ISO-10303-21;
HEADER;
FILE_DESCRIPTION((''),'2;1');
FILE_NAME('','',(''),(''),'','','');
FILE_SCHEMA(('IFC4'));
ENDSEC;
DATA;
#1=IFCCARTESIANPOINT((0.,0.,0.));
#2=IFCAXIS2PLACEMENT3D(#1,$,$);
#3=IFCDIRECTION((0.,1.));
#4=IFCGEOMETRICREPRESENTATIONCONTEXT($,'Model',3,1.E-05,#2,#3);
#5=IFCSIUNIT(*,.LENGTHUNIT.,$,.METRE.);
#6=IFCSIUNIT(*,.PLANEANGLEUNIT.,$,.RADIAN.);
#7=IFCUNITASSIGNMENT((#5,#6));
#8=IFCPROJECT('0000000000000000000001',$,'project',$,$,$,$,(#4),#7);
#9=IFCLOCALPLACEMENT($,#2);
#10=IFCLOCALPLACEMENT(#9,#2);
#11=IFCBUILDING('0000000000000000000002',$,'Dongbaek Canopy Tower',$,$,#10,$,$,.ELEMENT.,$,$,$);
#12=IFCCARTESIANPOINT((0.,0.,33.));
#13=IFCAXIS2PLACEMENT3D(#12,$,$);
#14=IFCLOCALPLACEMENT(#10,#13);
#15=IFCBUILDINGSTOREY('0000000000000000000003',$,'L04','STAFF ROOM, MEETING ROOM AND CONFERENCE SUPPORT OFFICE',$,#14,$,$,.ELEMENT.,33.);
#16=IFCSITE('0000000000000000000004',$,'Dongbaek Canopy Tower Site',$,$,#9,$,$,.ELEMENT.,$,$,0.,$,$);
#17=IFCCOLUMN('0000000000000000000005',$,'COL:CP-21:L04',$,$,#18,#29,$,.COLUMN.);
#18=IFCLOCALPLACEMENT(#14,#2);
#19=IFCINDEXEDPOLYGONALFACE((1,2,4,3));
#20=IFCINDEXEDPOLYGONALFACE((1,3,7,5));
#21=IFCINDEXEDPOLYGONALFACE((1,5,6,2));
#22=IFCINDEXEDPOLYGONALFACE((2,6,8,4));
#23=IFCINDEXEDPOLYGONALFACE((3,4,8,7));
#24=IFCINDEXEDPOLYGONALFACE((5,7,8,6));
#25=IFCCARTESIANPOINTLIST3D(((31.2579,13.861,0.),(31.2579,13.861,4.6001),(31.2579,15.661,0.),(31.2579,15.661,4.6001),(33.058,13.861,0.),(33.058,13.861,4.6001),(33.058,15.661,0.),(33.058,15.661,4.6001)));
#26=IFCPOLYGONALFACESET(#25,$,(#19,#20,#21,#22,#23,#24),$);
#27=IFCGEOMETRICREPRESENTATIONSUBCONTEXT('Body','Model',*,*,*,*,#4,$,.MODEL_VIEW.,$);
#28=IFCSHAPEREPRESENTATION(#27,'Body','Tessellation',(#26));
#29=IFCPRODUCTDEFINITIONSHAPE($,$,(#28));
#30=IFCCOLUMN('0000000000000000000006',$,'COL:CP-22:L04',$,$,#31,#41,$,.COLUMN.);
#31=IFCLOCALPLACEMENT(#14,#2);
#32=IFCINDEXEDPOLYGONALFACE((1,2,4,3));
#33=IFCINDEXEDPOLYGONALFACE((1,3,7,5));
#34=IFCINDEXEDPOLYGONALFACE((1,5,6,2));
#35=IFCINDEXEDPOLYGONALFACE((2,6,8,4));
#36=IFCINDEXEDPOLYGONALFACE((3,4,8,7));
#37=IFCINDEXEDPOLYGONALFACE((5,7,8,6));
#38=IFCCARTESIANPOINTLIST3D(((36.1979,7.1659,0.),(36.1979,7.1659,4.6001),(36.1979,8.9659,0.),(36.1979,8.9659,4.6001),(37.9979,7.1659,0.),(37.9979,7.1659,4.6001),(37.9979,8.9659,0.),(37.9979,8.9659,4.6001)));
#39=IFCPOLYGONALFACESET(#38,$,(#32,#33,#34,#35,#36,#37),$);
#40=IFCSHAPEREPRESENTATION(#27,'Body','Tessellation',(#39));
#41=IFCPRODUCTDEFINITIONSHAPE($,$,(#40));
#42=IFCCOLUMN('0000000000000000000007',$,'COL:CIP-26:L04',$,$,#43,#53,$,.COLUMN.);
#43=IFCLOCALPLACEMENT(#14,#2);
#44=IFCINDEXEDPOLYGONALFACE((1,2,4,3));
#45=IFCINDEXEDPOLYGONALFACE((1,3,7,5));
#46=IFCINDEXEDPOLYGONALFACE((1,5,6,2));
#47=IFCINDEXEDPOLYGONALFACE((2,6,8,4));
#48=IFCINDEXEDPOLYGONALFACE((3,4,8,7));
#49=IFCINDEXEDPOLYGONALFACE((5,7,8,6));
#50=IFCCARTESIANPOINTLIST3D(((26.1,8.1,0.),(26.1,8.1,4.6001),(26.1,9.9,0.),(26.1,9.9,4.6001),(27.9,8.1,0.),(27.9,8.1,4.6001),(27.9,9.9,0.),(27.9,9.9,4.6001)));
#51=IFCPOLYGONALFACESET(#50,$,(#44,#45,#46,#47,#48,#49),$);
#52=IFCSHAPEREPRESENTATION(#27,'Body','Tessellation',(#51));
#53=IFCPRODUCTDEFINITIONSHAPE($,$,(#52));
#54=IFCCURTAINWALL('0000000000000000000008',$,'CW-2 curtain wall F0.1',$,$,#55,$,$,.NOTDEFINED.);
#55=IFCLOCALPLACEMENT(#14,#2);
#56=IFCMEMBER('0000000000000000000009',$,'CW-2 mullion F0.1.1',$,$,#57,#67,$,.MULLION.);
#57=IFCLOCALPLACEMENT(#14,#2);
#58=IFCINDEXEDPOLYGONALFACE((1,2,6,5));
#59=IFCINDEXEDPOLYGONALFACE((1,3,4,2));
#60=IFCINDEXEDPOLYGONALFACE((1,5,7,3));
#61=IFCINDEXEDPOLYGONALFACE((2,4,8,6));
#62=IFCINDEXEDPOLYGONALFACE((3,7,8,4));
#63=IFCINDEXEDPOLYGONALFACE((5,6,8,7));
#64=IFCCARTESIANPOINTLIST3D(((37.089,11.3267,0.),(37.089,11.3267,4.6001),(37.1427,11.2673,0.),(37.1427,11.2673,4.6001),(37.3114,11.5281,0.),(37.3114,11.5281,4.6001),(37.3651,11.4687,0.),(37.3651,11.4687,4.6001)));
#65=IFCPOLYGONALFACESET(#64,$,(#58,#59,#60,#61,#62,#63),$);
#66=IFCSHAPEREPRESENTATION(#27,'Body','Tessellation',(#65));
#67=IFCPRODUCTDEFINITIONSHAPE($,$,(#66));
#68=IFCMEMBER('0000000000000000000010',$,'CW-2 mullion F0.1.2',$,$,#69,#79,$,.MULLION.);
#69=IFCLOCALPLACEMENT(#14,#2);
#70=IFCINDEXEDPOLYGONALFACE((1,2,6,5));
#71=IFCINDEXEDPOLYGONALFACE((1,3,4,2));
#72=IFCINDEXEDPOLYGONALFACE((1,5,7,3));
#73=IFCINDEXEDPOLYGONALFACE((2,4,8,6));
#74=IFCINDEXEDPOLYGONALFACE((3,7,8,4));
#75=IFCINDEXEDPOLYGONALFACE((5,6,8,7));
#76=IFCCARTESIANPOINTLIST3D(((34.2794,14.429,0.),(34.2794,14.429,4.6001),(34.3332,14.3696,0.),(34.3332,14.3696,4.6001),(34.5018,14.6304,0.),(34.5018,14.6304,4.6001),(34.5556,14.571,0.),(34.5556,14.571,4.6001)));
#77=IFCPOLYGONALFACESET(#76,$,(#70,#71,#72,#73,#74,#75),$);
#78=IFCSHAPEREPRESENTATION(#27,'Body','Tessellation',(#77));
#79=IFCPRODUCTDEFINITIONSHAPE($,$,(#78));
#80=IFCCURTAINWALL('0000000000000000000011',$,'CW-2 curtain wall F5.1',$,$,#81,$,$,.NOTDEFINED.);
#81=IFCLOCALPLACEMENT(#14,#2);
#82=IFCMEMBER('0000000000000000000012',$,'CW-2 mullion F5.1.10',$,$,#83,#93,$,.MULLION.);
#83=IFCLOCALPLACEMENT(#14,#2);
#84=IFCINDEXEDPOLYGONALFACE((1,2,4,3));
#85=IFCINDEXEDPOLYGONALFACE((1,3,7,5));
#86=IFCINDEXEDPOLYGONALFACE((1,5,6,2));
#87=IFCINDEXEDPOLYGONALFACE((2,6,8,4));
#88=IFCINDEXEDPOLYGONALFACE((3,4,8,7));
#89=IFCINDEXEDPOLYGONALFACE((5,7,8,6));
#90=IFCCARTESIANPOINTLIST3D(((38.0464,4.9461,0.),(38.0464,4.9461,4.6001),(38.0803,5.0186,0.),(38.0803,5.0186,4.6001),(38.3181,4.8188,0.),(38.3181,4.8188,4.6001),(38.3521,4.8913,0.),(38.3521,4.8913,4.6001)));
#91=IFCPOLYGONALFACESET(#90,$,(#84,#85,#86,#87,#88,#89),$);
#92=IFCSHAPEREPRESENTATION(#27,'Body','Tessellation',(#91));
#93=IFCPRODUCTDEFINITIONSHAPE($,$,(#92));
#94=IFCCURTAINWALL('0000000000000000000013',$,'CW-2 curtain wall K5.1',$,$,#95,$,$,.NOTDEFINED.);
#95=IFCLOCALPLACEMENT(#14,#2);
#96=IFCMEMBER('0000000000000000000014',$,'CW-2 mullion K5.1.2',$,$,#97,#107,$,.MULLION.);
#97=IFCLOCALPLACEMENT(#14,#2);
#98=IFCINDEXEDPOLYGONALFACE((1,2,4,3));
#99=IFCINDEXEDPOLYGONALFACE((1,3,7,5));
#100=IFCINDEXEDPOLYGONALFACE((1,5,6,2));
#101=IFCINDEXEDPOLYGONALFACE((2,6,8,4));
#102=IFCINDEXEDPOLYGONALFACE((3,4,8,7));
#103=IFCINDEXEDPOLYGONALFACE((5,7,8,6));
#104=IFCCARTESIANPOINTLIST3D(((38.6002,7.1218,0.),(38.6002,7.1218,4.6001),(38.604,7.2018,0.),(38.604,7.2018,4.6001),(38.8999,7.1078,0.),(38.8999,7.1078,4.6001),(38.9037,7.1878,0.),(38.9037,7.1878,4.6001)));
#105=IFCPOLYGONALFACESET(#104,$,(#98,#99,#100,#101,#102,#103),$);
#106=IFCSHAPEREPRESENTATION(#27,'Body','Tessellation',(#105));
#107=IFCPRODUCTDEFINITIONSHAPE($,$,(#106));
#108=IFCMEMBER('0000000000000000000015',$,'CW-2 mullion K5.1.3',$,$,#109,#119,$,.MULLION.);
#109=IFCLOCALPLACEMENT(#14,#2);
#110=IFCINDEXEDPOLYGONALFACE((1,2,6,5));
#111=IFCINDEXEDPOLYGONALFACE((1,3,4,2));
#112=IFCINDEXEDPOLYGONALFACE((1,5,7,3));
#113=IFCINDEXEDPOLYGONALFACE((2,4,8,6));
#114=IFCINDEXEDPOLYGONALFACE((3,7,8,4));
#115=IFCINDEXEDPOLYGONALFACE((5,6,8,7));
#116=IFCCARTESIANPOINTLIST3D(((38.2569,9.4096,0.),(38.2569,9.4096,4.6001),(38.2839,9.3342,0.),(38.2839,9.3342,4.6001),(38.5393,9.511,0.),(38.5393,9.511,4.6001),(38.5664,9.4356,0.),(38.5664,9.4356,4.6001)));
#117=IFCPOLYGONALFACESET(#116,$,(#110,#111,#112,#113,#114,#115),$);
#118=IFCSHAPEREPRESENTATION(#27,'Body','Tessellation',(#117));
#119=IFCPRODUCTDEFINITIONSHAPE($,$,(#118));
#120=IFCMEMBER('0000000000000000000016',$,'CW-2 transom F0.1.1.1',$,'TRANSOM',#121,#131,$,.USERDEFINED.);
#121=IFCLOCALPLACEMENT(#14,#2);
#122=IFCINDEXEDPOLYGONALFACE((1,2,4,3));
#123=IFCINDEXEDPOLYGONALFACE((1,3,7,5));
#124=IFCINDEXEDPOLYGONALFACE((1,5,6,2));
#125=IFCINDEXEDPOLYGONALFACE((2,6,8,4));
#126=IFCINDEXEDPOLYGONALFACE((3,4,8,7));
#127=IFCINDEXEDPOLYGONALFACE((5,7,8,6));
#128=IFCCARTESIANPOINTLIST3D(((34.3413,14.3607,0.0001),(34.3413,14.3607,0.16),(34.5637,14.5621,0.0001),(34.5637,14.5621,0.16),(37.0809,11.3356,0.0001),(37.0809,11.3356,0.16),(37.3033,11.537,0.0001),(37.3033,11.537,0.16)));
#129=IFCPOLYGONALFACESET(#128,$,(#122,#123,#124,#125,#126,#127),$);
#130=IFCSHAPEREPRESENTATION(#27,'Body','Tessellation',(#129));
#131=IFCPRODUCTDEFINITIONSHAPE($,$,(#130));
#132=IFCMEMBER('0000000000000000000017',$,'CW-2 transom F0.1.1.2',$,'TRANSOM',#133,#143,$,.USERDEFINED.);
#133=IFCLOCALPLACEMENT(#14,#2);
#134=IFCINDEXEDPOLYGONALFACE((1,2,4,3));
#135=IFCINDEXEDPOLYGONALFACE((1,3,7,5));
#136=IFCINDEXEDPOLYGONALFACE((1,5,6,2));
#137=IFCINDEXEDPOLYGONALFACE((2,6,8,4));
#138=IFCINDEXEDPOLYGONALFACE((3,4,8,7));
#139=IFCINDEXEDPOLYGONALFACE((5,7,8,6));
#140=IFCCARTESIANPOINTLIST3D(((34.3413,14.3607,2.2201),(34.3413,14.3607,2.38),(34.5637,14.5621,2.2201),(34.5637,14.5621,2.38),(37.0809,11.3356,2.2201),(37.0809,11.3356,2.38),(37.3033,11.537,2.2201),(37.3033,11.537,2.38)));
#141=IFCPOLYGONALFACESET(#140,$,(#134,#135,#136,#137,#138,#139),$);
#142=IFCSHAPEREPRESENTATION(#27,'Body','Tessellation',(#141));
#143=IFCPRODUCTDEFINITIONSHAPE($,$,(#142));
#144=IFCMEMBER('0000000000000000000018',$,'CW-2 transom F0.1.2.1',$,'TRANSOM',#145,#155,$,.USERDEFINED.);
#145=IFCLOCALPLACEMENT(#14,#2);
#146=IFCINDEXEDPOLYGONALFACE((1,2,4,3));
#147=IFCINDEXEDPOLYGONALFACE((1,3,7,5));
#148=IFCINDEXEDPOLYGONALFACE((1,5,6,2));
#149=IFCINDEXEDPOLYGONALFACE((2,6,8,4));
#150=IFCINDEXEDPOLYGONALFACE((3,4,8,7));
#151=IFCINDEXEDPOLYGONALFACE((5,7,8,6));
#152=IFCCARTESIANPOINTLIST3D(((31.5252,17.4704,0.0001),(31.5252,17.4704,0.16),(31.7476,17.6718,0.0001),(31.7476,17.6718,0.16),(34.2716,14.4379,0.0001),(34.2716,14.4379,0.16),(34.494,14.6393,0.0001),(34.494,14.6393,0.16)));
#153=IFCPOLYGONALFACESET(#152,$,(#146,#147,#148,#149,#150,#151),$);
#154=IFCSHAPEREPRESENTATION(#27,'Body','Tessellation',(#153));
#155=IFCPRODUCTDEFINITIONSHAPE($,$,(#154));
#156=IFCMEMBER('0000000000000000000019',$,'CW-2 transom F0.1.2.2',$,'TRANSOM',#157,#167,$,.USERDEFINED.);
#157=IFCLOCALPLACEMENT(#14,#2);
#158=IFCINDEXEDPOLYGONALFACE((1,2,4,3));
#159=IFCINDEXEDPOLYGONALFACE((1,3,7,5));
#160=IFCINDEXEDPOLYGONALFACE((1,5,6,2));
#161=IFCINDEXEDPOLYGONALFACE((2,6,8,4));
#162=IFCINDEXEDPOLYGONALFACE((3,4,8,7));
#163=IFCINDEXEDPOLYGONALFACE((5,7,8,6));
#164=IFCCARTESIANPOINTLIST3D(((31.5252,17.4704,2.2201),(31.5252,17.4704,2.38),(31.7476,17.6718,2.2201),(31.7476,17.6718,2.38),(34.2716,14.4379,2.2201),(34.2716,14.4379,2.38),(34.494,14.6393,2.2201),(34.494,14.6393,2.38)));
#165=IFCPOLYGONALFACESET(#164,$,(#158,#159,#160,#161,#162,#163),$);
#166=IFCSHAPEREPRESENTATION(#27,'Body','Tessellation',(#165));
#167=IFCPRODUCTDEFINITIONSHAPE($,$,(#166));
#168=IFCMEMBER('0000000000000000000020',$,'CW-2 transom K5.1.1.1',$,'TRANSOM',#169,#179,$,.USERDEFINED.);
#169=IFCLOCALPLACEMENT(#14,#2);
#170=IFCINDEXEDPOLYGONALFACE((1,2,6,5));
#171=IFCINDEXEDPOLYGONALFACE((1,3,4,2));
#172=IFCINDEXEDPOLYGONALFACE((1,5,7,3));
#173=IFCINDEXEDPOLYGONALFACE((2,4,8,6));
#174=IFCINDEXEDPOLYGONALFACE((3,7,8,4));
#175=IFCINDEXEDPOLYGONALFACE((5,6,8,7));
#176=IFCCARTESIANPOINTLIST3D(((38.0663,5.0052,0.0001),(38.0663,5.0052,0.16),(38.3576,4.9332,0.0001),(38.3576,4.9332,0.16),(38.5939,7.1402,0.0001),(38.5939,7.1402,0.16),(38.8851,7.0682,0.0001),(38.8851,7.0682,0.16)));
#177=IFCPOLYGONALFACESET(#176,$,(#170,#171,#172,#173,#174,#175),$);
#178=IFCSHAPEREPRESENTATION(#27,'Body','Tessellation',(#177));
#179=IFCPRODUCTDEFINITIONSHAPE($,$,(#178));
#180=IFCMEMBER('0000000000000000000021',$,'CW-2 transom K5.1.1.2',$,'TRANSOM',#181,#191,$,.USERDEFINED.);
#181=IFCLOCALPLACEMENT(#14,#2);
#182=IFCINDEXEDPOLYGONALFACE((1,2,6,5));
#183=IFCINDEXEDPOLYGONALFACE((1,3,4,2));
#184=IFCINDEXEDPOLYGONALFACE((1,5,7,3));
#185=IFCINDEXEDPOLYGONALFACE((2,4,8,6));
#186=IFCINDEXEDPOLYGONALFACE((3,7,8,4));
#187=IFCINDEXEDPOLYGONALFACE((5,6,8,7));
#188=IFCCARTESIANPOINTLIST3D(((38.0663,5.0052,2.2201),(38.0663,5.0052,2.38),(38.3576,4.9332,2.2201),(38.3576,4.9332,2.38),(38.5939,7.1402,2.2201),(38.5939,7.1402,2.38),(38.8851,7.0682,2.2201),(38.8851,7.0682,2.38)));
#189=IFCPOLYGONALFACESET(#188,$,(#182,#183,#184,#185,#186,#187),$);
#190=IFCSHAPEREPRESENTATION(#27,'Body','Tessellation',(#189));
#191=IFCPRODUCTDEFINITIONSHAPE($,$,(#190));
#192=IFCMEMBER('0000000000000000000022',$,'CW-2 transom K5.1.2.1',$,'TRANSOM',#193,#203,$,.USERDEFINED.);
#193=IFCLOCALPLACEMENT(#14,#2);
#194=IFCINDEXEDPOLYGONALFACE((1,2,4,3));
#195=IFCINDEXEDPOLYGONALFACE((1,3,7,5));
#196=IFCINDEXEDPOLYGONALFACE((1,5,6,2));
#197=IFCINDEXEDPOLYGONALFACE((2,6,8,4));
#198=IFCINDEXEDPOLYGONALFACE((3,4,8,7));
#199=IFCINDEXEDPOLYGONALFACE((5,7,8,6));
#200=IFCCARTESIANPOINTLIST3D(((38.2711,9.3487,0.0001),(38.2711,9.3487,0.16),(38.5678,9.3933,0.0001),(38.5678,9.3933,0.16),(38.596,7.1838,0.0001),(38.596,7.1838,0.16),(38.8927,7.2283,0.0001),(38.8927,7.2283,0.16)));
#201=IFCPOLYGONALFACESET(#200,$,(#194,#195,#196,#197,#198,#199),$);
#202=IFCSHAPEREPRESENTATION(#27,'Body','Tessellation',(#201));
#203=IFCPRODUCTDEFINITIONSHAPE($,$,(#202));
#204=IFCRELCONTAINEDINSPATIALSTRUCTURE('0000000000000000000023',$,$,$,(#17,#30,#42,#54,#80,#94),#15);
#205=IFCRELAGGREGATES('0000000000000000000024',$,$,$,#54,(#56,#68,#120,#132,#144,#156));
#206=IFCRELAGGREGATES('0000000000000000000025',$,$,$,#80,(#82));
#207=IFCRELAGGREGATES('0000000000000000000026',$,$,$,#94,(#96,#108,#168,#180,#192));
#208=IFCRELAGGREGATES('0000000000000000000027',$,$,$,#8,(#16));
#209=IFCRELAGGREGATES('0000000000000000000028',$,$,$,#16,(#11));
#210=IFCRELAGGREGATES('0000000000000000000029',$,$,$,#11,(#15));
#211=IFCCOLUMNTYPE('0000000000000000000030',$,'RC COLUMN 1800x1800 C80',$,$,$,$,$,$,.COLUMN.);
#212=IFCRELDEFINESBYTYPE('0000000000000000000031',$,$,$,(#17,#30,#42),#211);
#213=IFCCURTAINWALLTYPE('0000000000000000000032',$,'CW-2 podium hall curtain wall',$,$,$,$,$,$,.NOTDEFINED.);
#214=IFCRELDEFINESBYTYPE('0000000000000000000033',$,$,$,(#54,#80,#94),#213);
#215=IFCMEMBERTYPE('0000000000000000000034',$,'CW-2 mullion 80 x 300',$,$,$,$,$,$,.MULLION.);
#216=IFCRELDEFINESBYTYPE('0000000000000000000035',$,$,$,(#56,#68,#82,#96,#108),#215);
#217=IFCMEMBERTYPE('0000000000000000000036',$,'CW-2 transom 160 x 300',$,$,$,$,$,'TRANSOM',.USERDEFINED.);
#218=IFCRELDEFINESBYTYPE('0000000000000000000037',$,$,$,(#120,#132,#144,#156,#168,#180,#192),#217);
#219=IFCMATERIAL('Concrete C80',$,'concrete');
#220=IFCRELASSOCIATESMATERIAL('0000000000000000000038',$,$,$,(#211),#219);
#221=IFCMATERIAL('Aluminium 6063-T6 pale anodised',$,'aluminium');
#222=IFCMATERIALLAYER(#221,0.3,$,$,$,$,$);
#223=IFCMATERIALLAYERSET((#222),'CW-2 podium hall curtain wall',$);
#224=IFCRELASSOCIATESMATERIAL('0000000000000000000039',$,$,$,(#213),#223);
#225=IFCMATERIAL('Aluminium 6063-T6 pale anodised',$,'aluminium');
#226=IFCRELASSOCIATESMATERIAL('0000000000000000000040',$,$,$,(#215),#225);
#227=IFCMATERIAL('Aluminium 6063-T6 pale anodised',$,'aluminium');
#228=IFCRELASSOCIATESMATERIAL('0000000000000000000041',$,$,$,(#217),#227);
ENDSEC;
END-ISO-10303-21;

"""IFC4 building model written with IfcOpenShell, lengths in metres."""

from ifc_helpers import new_model, si_unit, direction, frame, origin, origin_2d, place, context, subcontext, project, spatial, rectangle, extrude, material, layer, layer_set, material_profile, profile_set, type_object, element, aggregate, save


model = new_model("IFC4")

# Units and contexts
model_context = context("Model", 3, precision=1e-05, world=origin(), true_north=direction((0.0, 1.0)))
body_context = subcontext(model_context, "Body", "Model", "MODEL_VIEW")
ifc_project = project(units=[si_unit("LENGTHUNIT", "METRE"), si_unit("PLANEANGLEUNIT", "RADIAN")], contexts=[model_context])

# Site, building, storey
site_placement = place(None, origin())
site = spatial("IfcSite", under=ifc_project, at=site_placement, Name="Dongbaek Canopy Tower Site", CompositionType="ELEMENT", RefElevation=0.0)
building_placement = place(site_placement, origin())
building = spatial("IfcBuilding", under=site, at=building_placement, Name="Dongbaek Canopy Tower", CompositionType="ELEMENT")
storey_placement = place(building_placement, frame((0.0, 0.0, 33.0)))
storey = spatial("IfcBuildingStorey", under=building, at=storey_placement, Name="L04", Description="STAFF ROOM, MEETING ROOM AND CONFERENCE SUPPORT OFFICE", CompositionType="ELEMENT", Elevation=33.0)

# Columns
ifc_material_1 = material(Name="Concrete C80", Category="concrete")
ifc_material_profile_1 = material_profile(ifc_material_1, rectangle(XDim=1.8, YDim=1.8, at=origin_2d()), Name="RC COLUMN 1800x1800 C80")
ifc_profile_set_1 = profile_set([ifc_material_profile_1], Name="Concrete C80")
column_type = type_object("IfcColumnType", Name="RC COLUMN 1800x1800 C80", PredefinedType="COLUMN", material=ifc_profile_set_1)
for number, where, z_axis, x_axis, name in (
    (1, (32.158, 14.761, 0.0), (0.0, 0.0, 1.0), (1.0, 0.0, 0.0), "COL:CP-21:L04"),
    (2, (37.0979, 8.0659, 0.0), (0.0, 0.0, 1.0), (1.0, 0.0, 0.0), "COL:CP-22:L04"),
    (3, (27.0, 9.0, 0.0), (0.0, 0.0, 1.0), (1.0, 0.0, 0.0), "COL:CIP-26:L04"),
):
    element("IfcColumn", number, at=place(storey_placement, frame(where, z_axis=z_axis, x_axis=x_axis)), inside=storey, type_object=column_type, Name=name, PredefinedType="COLUMN", context=body_context, shape_type="SweptSolid", body=[
        extrude(rectangle(XDim=1.8, YDim=1.8, at=origin_2d()), origin(), (0.0, 0.0, 1.0), 4.6001),
    ])

# Curtain wall, members
ifc_material_2 = material(Name="Aluminium 6063-T6 pale anodised", Category="aluminium")
ifc_layer_1 = layer(ifc_material_2, 0.3)
ifc_layer_set_1 = layer_set([ifc_layer_1], Name="CW-2 podium hall curtain wall")
curtain_wall_type = type_object("IfcCurtainWallType", Name="CW-2 podium hall curtain wall", PredefinedType="NOTDEFINED", material=ifc_layer_set_1)
curtain_wall_1_placement = place(storey_placement, origin())
curtain_wall_1 = element("IfcCurtainWall", 4, at=curtain_wall_1_placement, inside=storey, type_object=curtain_wall_type, Name="CW-2 curtain wall F0.1", PredefinedType="NOTDEFINED")
ifc_material_3 = material(Name="Aluminium 6063-T6 pale anodised", Category="aluminium")
ifc_material_profile_2 = material_profile(ifc_material_3, rectangle(XDim=0.3, YDim=0.0801, at=origin_2d()), Name="CW-2 mullion 80 x 300")
ifc_profile_set_2 = profile_set([ifc_material_profile_2], Name="Aluminium 6063-T6 pale anodised")
member_type_1 = type_object("IfcMemberType", Name="CW-2 mullion 80 x 300", PredefinedType="MULLION", material=ifc_profile_set_2)
member_1_placement = place(storey_placement, frame((37.2271, 11.3977, 0.0), z_axis=(0.0, 0.0, 1.0), x_axis=(0.741222, 0.67126, 0.0)))
member_1 = element("IfcMember", 5, at=member_1_placement, type_object=member_type_1, Name="CW-2 mullion F0.1.1", PredefinedType="MULLION", context=body_context, shape_type="SweptSolid", body=[
    extrude(rectangle(XDim=0.3, YDim=0.0801, at=origin_2d()), origin(), (0.0, 0.0, 1.0), 4.6001),
])
member_2_placement = place(storey_placement, frame((34.4175, 14.5, 0.0), z_axis=(0.0, 0.0, 1.0), x_axis=(0.741222, 0.67126, 0.0)))
member_2 = element("IfcMember", 6, at=member_2_placement, type_object=member_type_1, Name="CW-2 mullion F0.1.2", PredefinedType="MULLION", context=body_context, shape_type="SweptSolid", body=[
    extrude(rectangle(XDim=0.3, YDim=0.0801, at=origin_2d()), origin(), (0.0, 0.0, 1.0), 4.6001),
])

# Curtain wall, member
curtain_wall_2_placement = place(storey_placement, origin())
curtain_wall_2 = element("IfcCurtainWall", 7, at=curtain_wall_2_placement, inside=storey, type_object=curtain_wall_type, Name="CW-2 curtain wall F5.1", PredefinedType="NOTDEFINED")
member_3_placement = place(storey_placement, frame((38.1992, 4.9187, 0.0), z_axis=(0.0, 0.0, 1.0), x_axis=(0.905605, -0.424123, 0.0)))
member_3 = element("IfcMember", 8, at=member_3_placement, type_object=member_type_1, Name="CW-2 mullion F5.1.10", PredefinedType="MULLION", context=body_context, shape_type="SweptSolid", body=[
    extrude(rectangle(XDim=0.3, YDim=0.0801, at=origin_2d()), origin(), (0.0, 0.0, 1.0), 4.6001),
])

# Curtain wall, members
curtain_wall_3_placement = place(storey_placement, origin())
curtain_wall_3 = element("IfcCurtainWall", 9, at=curtain_wall_3_placement, inside=storey, type_object=curtain_wall_type, Name="CW-2 curtain wall K5.1", PredefinedType="NOTDEFINED")
member_4_placement = place(storey_placement, frame((38.752, 7.1548, 0.0), z_axis=(0.0, 0.0, 1.0), x_axis=(0.99891, -0.046676, 0.0)))
member_4 = element("IfcMember", 10, at=member_4_placement, type_object=member_type_1, Name="CW-2 mullion K5.1.2", PredefinedType="MULLION", context=body_context, shape_type="SweptSolid", body=[
    extrude(rectangle(XDim=0.3, YDim=0.0801, at=origin_2d()), origin(), (0.0, 0.0, 1.0), 4.6001),
])
member_5_placement = place(storey_placement, frame((38.4116, 9.4226, 0.0), z_axis=(0.0, 0.0, 1.0), x_axis=(0.941208, 0.337827, 0.0)))
member_5 = element("IfcMember", 11, at=member_5_placement, type_object=member_type_1, Name="CW-2 mullion K5.1.3", PredefinedType="MULLION", context=body_context, shape_type="SweptSolid", body=[
    extrude(rectangle(XDim=0.3, YDim=0.0801, at=origin_2d()), origin(), (0.0, 0.0, 1.0), 4.6001),
])

# Members
ifc_material_4 = material(Name="Aluminium 6063-T6 pale anodised", Category="aluminium")
ifc_material_profile_3 = material_profile(ifc_material_4, rectangle(XDim=0.3, YDim=0.1599, at=origin_2d()), Name="CW-2 transom 160 x 300")
ifc_profile_set_3 = profile_set([ifc_material_profile_3], Name="Aluminium 6063-T6 pale anodised")
member_type_2 = type_object("IfcMemberType", Name="CW-2 transom 160 x 300", ElementType="TRANSOM", PredefinedType="USERDEFINED", material=ifc_profile_set_3)
member_6_placement = place(storey_placement, frame((37.1921, 11.4363, 0.0801), z_axis=(-0.671278, 0.741205, 0.0), x_axis=(-0.741205, -0.671278, 0.0)))
member_6 = element("IfcMember", 12, at=member_6_placement, type_object=member_type_2, Name="CW-2 transom F0.1.1.1", ObjectType="TRANSOM", PredefinedType="USERDEFINED", context=body_context, shape_type="SweptSolid", body=[
    extrude(rectangle(XDim=0.3, YDim=0.1599, at=origin_2d()), origin(), (0.0, 0.0, 1.0), 4.0813),
])
member_7_placement = place(storey_placement, frame((37.1921, 11.4363, 2.3), z_axis=(-0.671278, 0.741205, 0.0), x_axis=(-0.741205, -0.671278, 0.0)))
member_7 = element("IfcMember", 13, at=member_7_placement, type_object=member_type_2, Name="CW-2 transom F0.1.1.2", ObjectType="TRANSOM", PredefinedType="USERDEFINED", context=body_context, shape_type="SweptSolid", body=[
    extrude(rectangle(XDim=0.3, YDim=0.1599, at=origin_2d()), origin(), (0.0, 0.0, 1.0), 4.0813),
])
member_8_placement = place(storey_placement, frame((34.3828, 14.5386, 0.0801), z_axis=(-0.671273, 0.741211, 0.0), x_axis=(-0.741211, -0.671273, 0.0)))
member_8 = element("IfcMember", 14, at=member_8_placement, type_object=member_type_2, Name="CW-2 transom F0.1.2.1", ObjectType="TRANSOM", PredefinedType="USERDEFINED", context=body_context, shape_type="SweptSolid", body=[
    extrude(rectangle(XDim=0.3, YDim=0.1599, at=origin_2d()), origin(), (0.0, 0.0, 1.0), 4.0913),
])
member_9_placement = place(storey_placement, frame((34.3828, 14.5386, 2.3), z_axis=(-0.671273, 0.741211, 0.0), x_axis=(-0.741211, -0.671273, 0.0)))
member_9 = element("IfcMember", 15, at=member_9_placement, type_object=member_type_2, Name="CW-2 transom F0.1.2.2", ObjectType="TRANSOM", PredefinedType="USERDEFINED", context=body_context, shape_type="SweptSolid", body=[
    extrude(rectangle(XDim=0.3, YDim=0.1599, at=origin_2d()), origin(), (0.0, 0.0, 1.0), 4.0913),
])
member_10_placement = place(storey_placement, frame((38.2119, 4.9692, 0.0801), z_axis=(0.239897, 0.970798, 0.0), x_axis=(-0.970798, 0.239897, 0.0)))
member_10 = element("IfcMember", 16, at=member_10_placement, type_object=member_type_2, Name="CW-2 transom K5.1.1.1", ObjectType="TRANSOM", PredefinedType="USERDEFINED", context=body_context, shape_type="SweptSolid", body=[
    extrude(rectangle(XDim=0.3, YDim=0.1599, at=origin_2d()), origin(), (0.0, 0.0, 1.0), 2.1992),
])
member_11_placement = place(storey_placement, frame((38.2119, 4.9692, 2.3), z_axis=(0.239897, 0.970798, 0.0), x_axis=(-0.970798, 0.239897, 0.0)))
member_11 = element("IfcMember", 17, at=member_11_placement, type_object=member_type_2, Name="CW-2 transom K5.1.1.2", ObjectType="TRANSOM", PredefinedType="USERDEFINED", context=body_context, shape_type="SweptSolid", body=[
    extrude(rectangle(XDim=0.3, YDim=0.1599, at=origin_2d()), origin(), (0.0, 0.0, 1.0), 2.1992),
])
member_12_placement = place(storey_placement, frame((38.7444, 7.2061, 0.0801), z_axis=(-0.148428, 0.988923, 0.0), x_axis=(-0.988923, -0.148428, 0.0)))
member_12 = element("IfcMember", 18, at=member_12_placement, type_object=member_type_2, Name="CW-2 transom K5.1.2.1", ObjectType="TRANSOM", PredefinedType="USERDEFINED", context=body_context, shape_type="SweptSolid", body=[
    extrude(rectangle(XDim=0.3, YDim=0.1599, at=origin_2d()), origin(), (0.0, 0.0, 1.0), 2.1892),
])

aggregate(curtain_wall_1, [member_1, member_2, member_6, member_7, member_8, member_9])
aggregate(curtain_wall_2, [member_3])
aggregate(curtain_wall_3, [member_4, member_5, member_10, member_11, member_12])

save(model, "model.ifc")
